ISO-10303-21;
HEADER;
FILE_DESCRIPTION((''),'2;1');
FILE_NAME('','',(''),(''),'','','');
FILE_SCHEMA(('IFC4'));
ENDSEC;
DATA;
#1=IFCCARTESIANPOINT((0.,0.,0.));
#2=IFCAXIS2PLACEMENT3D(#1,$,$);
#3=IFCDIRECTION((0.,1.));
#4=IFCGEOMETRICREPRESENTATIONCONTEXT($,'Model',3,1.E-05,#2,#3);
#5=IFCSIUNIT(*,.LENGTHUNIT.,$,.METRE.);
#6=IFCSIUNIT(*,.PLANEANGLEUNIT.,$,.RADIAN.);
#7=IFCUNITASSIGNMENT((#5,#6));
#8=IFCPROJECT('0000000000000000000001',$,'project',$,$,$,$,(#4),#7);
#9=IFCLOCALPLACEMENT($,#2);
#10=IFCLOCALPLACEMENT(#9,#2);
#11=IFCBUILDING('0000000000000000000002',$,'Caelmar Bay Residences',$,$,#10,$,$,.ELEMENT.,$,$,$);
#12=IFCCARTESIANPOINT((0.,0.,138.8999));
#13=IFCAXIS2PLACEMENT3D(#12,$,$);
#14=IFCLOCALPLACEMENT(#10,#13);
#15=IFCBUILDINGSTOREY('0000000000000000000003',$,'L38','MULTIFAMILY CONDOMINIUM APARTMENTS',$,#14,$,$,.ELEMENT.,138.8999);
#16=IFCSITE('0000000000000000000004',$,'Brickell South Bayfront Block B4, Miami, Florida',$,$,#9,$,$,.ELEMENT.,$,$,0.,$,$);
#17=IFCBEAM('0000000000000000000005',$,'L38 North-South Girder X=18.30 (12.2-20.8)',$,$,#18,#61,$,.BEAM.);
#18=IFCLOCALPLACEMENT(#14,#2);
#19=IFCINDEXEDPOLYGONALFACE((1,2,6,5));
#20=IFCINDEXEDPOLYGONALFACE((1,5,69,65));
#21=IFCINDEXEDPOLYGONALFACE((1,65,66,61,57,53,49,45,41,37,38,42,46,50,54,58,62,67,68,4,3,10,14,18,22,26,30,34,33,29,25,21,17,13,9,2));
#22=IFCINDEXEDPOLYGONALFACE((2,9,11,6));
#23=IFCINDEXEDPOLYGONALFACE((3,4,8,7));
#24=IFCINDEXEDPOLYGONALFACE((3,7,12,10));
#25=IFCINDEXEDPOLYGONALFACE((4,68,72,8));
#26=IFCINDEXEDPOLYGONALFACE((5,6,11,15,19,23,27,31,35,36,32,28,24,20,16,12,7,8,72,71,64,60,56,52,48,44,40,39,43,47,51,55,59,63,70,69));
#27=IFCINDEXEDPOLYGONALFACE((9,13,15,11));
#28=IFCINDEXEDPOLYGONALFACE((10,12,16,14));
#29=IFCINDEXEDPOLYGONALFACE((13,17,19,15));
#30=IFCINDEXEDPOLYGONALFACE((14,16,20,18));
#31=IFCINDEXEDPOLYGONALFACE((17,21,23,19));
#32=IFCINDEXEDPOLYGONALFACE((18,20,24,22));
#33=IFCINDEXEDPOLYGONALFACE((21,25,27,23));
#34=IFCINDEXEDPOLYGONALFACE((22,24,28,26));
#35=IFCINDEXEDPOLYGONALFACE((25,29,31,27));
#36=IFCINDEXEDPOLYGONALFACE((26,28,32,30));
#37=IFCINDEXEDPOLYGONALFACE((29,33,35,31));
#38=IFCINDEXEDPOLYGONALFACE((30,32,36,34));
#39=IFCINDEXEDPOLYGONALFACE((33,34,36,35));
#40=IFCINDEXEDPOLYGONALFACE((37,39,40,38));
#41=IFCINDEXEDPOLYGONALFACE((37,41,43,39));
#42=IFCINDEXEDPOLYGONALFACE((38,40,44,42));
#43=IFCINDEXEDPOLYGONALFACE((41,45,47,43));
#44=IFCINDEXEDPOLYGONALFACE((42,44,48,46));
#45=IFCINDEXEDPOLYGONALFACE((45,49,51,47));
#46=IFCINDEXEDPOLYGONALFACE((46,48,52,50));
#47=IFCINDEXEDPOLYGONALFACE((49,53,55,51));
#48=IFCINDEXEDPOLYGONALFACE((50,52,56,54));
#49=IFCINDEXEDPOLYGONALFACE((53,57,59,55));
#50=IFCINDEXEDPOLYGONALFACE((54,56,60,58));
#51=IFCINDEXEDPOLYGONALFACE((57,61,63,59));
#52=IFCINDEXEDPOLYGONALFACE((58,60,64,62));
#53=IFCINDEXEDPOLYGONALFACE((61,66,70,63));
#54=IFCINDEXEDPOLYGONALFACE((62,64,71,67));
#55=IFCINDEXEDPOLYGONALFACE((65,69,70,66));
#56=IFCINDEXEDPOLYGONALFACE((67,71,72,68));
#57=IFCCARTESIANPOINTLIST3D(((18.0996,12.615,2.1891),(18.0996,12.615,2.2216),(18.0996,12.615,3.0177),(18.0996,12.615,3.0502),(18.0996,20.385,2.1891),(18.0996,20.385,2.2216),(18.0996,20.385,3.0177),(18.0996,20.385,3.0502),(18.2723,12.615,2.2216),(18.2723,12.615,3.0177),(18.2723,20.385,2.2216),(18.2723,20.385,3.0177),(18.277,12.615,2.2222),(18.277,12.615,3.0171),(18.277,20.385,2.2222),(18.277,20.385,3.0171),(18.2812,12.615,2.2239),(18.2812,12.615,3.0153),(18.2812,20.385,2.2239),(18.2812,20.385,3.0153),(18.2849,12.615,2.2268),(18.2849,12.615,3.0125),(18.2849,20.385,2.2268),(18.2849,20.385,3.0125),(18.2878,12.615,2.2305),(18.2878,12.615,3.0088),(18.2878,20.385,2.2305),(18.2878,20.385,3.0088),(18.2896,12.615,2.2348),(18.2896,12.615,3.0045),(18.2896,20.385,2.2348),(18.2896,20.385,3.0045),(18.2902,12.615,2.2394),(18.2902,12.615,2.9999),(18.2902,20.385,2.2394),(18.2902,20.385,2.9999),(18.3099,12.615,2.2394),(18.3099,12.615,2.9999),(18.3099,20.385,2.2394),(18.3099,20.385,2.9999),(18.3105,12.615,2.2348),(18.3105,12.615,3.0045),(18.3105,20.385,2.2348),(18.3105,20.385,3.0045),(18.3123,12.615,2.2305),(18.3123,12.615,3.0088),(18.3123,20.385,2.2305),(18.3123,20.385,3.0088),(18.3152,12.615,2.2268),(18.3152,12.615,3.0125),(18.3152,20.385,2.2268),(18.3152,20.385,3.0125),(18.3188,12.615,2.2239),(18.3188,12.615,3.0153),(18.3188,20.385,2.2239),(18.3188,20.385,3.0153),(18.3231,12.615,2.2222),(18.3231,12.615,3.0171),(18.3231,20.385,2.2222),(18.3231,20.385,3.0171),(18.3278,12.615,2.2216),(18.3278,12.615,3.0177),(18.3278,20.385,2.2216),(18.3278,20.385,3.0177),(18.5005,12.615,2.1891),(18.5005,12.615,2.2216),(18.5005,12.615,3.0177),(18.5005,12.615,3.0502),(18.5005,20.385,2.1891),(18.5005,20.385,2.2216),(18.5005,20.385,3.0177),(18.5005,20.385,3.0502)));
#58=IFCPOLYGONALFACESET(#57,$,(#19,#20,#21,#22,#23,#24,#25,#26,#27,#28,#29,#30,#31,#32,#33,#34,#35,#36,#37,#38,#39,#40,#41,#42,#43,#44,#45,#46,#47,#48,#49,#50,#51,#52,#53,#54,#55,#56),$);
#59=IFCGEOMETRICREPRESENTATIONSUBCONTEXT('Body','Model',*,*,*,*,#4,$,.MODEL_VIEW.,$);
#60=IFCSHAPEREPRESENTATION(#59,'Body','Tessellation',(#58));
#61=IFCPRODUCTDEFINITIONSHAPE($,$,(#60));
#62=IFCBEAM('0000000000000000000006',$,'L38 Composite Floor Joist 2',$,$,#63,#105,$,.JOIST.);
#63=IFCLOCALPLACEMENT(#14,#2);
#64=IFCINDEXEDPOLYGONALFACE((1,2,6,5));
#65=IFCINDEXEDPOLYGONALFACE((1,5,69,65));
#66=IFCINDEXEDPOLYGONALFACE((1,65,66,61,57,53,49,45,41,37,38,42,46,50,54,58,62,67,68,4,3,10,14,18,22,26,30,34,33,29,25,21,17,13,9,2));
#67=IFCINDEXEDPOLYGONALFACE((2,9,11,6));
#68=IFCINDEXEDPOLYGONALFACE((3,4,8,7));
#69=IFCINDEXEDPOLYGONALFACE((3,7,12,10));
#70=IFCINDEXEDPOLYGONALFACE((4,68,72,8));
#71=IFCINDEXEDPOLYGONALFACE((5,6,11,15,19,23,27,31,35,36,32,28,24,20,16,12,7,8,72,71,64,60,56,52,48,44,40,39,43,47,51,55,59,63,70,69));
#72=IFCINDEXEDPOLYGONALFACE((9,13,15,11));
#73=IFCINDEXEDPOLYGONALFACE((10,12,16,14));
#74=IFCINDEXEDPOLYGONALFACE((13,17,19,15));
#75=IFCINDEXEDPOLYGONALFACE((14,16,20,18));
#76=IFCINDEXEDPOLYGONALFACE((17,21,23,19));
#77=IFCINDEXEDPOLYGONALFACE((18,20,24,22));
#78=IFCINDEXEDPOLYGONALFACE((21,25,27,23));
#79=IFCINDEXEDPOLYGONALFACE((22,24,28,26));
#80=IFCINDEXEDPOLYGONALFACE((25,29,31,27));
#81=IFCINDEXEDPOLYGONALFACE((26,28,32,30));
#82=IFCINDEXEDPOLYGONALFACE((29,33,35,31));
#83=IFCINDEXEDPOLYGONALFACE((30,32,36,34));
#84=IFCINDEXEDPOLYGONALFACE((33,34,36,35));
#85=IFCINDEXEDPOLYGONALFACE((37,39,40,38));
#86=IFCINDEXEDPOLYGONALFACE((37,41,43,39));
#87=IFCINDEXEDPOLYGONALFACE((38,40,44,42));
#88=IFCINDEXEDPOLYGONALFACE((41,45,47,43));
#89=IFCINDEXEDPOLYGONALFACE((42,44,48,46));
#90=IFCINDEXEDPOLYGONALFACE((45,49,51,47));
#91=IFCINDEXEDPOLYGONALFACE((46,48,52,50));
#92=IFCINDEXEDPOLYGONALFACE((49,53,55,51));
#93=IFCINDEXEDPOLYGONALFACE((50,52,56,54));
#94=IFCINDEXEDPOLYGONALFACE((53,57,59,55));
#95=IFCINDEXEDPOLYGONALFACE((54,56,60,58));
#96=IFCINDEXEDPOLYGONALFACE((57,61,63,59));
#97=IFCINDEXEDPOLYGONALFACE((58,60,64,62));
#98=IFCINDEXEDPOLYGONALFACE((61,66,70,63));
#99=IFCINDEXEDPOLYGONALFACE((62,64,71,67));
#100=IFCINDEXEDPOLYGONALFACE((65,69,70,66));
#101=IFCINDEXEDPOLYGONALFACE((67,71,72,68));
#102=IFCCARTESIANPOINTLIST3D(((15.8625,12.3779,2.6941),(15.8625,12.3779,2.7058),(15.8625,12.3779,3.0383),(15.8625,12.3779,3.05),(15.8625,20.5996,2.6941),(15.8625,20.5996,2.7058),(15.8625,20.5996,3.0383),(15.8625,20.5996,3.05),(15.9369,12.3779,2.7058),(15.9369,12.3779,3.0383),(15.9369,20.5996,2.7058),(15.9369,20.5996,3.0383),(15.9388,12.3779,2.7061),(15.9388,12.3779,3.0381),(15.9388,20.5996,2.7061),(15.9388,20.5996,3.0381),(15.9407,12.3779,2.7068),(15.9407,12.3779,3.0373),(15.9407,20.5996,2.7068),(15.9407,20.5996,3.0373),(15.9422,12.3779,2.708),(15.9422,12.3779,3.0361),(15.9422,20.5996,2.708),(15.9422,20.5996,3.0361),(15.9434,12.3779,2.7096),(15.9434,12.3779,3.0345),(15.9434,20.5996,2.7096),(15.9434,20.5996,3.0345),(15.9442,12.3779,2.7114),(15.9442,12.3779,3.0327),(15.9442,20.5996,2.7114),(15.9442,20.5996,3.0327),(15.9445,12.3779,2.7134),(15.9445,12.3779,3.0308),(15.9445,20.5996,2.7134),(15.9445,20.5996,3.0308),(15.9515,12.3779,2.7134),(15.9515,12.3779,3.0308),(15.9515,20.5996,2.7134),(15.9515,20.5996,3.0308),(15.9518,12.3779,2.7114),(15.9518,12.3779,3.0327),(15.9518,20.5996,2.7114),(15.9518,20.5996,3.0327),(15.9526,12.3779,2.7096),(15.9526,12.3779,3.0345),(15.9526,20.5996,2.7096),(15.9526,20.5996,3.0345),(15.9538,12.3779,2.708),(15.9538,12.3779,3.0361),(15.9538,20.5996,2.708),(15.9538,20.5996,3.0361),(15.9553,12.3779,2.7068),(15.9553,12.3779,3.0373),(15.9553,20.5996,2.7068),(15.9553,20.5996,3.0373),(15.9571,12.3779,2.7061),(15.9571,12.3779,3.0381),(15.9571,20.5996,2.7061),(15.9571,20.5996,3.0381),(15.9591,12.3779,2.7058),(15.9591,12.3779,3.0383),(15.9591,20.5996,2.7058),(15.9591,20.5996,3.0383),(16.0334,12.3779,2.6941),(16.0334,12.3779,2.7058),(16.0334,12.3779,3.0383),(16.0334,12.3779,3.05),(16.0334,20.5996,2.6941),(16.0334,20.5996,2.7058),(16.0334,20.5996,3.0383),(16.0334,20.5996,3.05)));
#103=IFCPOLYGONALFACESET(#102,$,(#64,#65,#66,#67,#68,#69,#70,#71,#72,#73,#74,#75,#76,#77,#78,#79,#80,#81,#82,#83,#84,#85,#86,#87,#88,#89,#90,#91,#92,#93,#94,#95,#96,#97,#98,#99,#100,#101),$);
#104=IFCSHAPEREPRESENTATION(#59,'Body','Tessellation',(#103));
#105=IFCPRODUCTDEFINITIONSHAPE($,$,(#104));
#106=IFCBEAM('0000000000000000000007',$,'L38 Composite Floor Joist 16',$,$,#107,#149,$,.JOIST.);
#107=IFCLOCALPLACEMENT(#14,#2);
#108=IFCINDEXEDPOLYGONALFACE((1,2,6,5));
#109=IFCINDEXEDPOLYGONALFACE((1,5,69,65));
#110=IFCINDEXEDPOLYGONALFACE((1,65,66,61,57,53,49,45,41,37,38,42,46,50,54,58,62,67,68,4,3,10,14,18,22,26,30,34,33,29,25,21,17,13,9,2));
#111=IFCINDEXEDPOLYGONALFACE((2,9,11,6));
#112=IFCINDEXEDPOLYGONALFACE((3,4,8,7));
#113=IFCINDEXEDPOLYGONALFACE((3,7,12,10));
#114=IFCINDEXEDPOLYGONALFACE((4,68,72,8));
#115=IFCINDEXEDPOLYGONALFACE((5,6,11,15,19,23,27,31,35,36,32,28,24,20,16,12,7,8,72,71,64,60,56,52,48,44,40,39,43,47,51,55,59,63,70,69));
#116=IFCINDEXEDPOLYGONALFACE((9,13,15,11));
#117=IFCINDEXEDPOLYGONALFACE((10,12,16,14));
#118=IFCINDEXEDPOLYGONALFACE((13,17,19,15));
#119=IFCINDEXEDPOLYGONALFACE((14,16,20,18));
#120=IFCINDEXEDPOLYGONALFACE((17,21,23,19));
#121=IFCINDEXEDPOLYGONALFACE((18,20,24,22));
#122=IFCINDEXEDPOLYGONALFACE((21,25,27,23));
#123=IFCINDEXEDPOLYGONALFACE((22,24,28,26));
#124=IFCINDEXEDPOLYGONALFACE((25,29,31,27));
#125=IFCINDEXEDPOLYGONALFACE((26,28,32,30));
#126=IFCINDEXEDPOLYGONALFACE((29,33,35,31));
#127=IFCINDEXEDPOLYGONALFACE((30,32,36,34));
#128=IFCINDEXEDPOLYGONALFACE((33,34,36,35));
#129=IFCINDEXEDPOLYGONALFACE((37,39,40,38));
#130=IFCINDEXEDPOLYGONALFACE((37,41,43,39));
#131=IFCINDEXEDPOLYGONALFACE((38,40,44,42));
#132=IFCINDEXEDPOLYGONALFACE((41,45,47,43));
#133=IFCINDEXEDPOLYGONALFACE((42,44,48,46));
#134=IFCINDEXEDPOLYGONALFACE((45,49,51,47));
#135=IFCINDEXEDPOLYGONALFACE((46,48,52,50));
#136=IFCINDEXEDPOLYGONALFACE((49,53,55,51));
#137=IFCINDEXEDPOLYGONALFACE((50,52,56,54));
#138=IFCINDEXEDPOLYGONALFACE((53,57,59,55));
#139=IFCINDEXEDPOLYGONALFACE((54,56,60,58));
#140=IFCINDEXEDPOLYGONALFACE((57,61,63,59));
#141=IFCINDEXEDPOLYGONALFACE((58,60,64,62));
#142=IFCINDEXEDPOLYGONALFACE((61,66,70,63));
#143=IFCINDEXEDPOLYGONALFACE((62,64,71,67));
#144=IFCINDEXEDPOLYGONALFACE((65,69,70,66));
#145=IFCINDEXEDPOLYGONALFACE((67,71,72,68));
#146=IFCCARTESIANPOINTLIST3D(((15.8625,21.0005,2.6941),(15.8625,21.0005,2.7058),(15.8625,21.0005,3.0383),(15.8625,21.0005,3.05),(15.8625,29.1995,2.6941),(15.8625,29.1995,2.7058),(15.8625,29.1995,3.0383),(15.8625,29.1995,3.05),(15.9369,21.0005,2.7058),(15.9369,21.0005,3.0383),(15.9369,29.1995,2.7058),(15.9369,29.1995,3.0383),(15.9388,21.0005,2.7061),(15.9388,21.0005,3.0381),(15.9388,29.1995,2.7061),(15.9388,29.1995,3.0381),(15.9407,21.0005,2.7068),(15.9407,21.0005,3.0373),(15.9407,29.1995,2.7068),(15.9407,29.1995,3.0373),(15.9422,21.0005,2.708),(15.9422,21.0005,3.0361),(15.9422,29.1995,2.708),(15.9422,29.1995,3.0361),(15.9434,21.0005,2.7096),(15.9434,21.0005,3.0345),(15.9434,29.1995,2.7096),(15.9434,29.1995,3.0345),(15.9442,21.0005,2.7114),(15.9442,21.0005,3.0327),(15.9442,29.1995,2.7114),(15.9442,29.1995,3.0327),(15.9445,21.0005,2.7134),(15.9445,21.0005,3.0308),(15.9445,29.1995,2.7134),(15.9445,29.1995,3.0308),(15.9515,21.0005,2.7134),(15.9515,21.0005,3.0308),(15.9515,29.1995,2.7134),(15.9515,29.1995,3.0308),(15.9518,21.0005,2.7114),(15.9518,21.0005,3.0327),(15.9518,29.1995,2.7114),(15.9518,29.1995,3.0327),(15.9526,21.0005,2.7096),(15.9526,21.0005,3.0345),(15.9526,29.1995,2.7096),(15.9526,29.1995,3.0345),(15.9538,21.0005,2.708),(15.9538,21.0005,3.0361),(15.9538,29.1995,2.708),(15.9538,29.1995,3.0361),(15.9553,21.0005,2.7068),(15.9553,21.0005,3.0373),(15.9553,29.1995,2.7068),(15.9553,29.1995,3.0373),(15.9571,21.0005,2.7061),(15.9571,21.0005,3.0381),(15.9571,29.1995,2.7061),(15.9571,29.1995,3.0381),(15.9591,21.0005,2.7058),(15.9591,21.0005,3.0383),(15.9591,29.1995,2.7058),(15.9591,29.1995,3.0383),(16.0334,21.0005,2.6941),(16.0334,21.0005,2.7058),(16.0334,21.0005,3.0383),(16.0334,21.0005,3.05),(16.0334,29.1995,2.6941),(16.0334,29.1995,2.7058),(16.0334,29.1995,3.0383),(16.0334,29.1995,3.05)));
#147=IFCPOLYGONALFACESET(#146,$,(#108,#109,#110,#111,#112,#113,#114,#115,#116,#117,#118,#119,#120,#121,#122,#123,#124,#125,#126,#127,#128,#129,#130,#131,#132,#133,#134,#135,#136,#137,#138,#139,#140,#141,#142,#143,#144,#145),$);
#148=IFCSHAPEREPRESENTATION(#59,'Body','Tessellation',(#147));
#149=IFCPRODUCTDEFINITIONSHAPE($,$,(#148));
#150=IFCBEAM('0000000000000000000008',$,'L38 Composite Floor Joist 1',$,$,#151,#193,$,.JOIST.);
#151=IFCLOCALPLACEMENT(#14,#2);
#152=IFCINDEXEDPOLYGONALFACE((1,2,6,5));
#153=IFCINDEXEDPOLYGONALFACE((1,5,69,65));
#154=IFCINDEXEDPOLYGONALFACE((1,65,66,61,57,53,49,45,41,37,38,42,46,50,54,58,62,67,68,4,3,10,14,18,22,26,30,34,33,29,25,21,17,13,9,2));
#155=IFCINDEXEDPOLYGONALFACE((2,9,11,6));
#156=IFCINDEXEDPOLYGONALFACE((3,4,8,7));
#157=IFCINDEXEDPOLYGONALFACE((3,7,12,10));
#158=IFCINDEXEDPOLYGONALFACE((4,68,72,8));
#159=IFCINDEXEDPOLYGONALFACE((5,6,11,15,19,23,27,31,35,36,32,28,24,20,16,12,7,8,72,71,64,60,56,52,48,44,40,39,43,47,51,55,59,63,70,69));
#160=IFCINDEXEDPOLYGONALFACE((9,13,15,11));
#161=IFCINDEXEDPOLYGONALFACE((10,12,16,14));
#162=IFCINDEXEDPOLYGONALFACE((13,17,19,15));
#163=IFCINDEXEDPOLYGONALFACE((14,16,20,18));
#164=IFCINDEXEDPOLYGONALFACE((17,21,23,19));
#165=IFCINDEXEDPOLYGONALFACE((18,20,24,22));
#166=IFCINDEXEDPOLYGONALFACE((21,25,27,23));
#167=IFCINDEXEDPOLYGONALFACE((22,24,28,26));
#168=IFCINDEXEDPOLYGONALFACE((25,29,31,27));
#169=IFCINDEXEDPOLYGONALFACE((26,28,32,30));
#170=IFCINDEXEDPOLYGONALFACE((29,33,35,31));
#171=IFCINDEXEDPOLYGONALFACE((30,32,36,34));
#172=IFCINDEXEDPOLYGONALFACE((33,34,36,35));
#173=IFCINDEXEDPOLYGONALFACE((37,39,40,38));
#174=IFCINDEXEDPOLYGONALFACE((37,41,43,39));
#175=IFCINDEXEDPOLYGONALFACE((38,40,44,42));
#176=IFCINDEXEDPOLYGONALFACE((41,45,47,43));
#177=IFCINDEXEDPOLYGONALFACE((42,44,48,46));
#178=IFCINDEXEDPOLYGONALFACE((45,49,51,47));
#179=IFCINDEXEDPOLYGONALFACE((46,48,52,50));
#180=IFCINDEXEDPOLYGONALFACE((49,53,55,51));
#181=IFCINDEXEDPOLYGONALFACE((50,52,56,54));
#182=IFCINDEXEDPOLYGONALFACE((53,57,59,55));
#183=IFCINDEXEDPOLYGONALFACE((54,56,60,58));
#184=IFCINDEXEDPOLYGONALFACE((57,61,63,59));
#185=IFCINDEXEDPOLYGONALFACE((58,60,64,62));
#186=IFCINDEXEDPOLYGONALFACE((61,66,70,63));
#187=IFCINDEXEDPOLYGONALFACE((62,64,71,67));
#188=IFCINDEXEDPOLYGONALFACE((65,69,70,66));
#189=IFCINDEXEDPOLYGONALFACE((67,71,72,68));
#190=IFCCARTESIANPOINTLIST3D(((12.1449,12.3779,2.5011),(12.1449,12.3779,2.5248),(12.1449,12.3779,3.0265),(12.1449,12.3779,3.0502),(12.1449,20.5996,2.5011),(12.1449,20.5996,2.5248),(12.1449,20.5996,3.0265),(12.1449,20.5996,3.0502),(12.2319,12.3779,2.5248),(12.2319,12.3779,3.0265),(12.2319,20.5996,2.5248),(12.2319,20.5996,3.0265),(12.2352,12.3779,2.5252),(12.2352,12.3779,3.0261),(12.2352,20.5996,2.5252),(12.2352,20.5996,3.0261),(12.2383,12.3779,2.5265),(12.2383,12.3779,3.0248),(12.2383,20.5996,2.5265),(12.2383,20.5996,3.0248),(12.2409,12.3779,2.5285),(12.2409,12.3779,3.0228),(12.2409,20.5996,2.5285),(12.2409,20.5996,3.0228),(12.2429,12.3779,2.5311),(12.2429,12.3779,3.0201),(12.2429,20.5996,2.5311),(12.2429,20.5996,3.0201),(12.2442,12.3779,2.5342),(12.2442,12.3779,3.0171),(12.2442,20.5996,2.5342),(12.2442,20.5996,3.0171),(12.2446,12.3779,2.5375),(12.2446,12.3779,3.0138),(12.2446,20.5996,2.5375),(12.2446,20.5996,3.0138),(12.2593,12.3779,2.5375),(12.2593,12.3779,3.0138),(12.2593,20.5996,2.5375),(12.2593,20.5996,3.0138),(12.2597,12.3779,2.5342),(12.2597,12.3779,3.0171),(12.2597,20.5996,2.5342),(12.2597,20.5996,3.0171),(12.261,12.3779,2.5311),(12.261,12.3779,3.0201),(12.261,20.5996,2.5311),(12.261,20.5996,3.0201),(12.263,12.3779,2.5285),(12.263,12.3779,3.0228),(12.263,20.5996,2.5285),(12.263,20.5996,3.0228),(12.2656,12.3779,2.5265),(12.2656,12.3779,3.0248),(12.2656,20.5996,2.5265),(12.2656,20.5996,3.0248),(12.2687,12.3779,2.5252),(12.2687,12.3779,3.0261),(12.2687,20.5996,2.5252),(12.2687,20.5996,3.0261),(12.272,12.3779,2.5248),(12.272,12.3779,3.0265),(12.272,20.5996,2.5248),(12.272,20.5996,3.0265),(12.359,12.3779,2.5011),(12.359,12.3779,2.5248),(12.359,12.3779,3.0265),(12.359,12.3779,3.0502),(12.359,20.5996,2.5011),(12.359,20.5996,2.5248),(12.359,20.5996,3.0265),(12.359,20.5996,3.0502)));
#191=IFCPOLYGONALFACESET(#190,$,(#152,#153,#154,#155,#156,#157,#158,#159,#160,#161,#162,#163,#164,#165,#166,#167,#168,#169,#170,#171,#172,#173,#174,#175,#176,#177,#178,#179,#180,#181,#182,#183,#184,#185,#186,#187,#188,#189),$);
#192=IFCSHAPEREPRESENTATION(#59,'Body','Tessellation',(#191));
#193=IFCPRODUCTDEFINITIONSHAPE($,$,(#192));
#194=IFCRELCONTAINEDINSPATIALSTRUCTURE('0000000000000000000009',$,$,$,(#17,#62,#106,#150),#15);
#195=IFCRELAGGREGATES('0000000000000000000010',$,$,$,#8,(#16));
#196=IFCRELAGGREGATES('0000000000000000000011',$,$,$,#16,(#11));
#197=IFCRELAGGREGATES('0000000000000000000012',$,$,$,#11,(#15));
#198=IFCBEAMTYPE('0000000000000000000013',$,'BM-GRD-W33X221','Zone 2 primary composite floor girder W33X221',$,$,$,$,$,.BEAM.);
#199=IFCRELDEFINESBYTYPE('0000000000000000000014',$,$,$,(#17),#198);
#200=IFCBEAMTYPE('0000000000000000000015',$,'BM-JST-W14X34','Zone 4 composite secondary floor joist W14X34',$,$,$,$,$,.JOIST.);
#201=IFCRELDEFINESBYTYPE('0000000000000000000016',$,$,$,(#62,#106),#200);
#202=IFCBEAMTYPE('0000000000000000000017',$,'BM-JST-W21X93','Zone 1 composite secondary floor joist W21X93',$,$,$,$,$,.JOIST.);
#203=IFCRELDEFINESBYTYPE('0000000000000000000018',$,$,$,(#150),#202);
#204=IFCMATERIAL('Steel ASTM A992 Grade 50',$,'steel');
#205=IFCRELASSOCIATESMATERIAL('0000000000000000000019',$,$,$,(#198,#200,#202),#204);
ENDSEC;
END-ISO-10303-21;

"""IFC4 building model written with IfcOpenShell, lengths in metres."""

from ifc_helpers import new_model, si_unit, direction, frame, origin, origin_2d, place, context, subcontext, project, spatial, i_section, extrude, material, material_profile, profile_set, type_object, element, save


model = new_model("IFC4")

# Units and contexts
model_context = context("Model", 3, precision=1e-05, world=origin(), true_north=direction((0.0, 1.0)))
body_context = subcontext(model_context, "Body", "Model", "MODEL_VIEW")
ifc_project = project(units=[si_unit("LENGTHUNIT", "METRE"), si_unit("PLANEANGLEUNIT", "RADIAN")], contexts=[model_context])

# Site, building, storey
site_placement = place(None, origin())
site = spatial("IfcSite", under=ifc_project, at=site_placement, Name="Brickell South Bayfront Block B4, Miami, Florida", CompositionType="ELEMENT", RefElevation=0.0)
building_placement = place(site_placement, origin())
building = spatial("IfcBuilding", under=site, at=building_placement, Name="Caelmar Bay Residences", CompositionType="ELEMENT")
storey_placement = place(building_placement, frame((0.0, 0.0, 138.8999)))
storey = spatial("IfcBuildingStorey", under=building, at=storey_placement, Name="L38", Description="MULTIFAMILY CONDOMINIUM APARTMENTS", CompositionType="ELEMENT", Elevation=138.8999)

# Beams
ifc_material_1 = material(Name="Steel ASTM A992 Grade 50", Category="steel")
ifc_material_profile_1 = material_profile(ifc_material_1, i_section(OverallWidth=0.4009, OverallDepth=0.8611, WebThickness=0.0198, FlangeThickness=0.0325, FilletRadius=0.0178, at=origin_2d()), Name="W33X221")
ifc_profile_set_1 = profile_set([ifc_material_profile_1], Name="Steel ASTM A992 Grade 50")
beam_type_1 = type_object("IfcBeamType", Name="BM-GRD-W33X221", Description="Zone 2 primary composite floor girder W33X221", PredefinedType="BEAM", material=ifc_profile_set_1)
for number, where, z_axis, x_axis, name in (
    (1, (18.3, 12.615, 2.6196), (0.0, 1.0, 0.0), (-1.0, 0.0, 0.0), "L38 North-South Girder X=18.30 (12.2-20.8)"),
):
    element("IfcBeam", number, at=place(storey_placement, frame(where, z_axis=z_axis, x_axis=x_axis)), inside=storey, type_object=beam_type_1, Name=name, PredefinedType="BEAM", context=body_context, shape_type="SweptSolid", body=[
        extrude(i_section(OverallWidth=0.4009, OverallDepth=0.8611, WebThickness=0.0198, FlangeThickness=0.0325, FilletRadius=0.0178, at=origin_2d()), origin(), (0.0, 0.0, 1.0), 7.77),
    ])
ifc_material_profile_2 = material_profile(ifc_material_1, i_section(OverallWidth=0.1709, OverallDepth=0.356, WebThickness=0.0071, FlangeThickness=0.0117, FilletRadius=0.0076, at=origin_2d()), Name="W14X34")
ifc_profile_set_2 = profile_set([ifc_material_profile_2], Name="Steel ASTM A992 Grade 50")
beam_type_2 = type_object("IfcBeamType", Name="BM-JST-W14X34", Description="Zone 4 composite secondary floor joist W14X34", PredefinedType="JOIST", material=ifc_profile_set_2)
beam_1_placement = place(storey_placement, frame((15.948, 12.3779, 2.8721), z_axis=(0.0, 1.0, 0.0), x_axis=(-1.0, 0.0, 0.0)))
element("IfcBeam", 2, at=beam_1_placement, inside=storey, type_object=beam_type_2, Name="L38 Composite Floor Joist 2", PredefinedType="JOIST", context=body_context, shape_type="SweptSolid", body=[
    extrude(i_section(OverallWidth=0.1709, OverallDepth=0.356, WebThickness=0.0071, FlangeThickness=0.0117, FilletRadius=0.0076, at=origin_2d()), origin(), (0.0, 0.0, 1.0), 8.2217),
])
beam_2_placement = place(storey_placement, frame((15.948, 21.0005, 2.8721), z_axis=(0.0, 1.0, 0.0), x_axis=(-1.0, 0.0, 0.0)))
element("IfcBeam", 3, at=beam_2_placement, inside=storey, type_object=beam_type_2, Name="L38 Composite Floor Joist 16", PredefinedType="JOIST", context=body_context, shape_type="SweptSolid", body=[
    extrude(i_section(OverallWidth=0.1709, OverallDepth=0.356, WebThickness=0.0071, FlangeThickness=0.0117, FilletRadius=0.0076, at=origin_2d()), origin(), (0.0, 0.0, 1.0), 8.199),
])
ifc_material_profile_3 = material_profile(ifc_material_1, i_section(OverallWidth=0.2141, OverallDepth=0.5491, WebThickness=0.0146, FlangeThickness=0.0237, FilletRadius=0.0127, at=origin_2d()), Name="W21X93")
ifc_profile_set_3 = profile_set([ifc_material_profile_3], Name="Steel ASTM A992 Grade 50")
beam_type_3 = type_object("IfcBeamType", Name="BM-JST-W21X93", Description="Zone 1 composite secondary floor joist W21X93", PredefinedType="JOIST", material=ifc_profile_set_3)
beam_3_placement = place(storey_placement, frame((12.252, 12.3779, 2.7756), z_axis=(0.0, 1.0, 0.0), x_axis=(-1.0, 0.0, 0.0)))
element("IfcBeam", 4, at=beam_3_placement, inside=storey, type_object=beam_type_3, Name="L38 Composite Floor Joist 1", PredefinedType="JOIST", context=body_context, shape_type="SweptSolid", body=[
    extrude(i_section(OverallWidth=0.2141, OverallDepth=0.5491, WebThickness=0.0146, FlangeThickness=0.0237, FilletRadius=0.0127, at=origin_2d()), origin(), (0.0, 0.0, 1.0), 8.2217),
])

save(model, "model.ifc")
